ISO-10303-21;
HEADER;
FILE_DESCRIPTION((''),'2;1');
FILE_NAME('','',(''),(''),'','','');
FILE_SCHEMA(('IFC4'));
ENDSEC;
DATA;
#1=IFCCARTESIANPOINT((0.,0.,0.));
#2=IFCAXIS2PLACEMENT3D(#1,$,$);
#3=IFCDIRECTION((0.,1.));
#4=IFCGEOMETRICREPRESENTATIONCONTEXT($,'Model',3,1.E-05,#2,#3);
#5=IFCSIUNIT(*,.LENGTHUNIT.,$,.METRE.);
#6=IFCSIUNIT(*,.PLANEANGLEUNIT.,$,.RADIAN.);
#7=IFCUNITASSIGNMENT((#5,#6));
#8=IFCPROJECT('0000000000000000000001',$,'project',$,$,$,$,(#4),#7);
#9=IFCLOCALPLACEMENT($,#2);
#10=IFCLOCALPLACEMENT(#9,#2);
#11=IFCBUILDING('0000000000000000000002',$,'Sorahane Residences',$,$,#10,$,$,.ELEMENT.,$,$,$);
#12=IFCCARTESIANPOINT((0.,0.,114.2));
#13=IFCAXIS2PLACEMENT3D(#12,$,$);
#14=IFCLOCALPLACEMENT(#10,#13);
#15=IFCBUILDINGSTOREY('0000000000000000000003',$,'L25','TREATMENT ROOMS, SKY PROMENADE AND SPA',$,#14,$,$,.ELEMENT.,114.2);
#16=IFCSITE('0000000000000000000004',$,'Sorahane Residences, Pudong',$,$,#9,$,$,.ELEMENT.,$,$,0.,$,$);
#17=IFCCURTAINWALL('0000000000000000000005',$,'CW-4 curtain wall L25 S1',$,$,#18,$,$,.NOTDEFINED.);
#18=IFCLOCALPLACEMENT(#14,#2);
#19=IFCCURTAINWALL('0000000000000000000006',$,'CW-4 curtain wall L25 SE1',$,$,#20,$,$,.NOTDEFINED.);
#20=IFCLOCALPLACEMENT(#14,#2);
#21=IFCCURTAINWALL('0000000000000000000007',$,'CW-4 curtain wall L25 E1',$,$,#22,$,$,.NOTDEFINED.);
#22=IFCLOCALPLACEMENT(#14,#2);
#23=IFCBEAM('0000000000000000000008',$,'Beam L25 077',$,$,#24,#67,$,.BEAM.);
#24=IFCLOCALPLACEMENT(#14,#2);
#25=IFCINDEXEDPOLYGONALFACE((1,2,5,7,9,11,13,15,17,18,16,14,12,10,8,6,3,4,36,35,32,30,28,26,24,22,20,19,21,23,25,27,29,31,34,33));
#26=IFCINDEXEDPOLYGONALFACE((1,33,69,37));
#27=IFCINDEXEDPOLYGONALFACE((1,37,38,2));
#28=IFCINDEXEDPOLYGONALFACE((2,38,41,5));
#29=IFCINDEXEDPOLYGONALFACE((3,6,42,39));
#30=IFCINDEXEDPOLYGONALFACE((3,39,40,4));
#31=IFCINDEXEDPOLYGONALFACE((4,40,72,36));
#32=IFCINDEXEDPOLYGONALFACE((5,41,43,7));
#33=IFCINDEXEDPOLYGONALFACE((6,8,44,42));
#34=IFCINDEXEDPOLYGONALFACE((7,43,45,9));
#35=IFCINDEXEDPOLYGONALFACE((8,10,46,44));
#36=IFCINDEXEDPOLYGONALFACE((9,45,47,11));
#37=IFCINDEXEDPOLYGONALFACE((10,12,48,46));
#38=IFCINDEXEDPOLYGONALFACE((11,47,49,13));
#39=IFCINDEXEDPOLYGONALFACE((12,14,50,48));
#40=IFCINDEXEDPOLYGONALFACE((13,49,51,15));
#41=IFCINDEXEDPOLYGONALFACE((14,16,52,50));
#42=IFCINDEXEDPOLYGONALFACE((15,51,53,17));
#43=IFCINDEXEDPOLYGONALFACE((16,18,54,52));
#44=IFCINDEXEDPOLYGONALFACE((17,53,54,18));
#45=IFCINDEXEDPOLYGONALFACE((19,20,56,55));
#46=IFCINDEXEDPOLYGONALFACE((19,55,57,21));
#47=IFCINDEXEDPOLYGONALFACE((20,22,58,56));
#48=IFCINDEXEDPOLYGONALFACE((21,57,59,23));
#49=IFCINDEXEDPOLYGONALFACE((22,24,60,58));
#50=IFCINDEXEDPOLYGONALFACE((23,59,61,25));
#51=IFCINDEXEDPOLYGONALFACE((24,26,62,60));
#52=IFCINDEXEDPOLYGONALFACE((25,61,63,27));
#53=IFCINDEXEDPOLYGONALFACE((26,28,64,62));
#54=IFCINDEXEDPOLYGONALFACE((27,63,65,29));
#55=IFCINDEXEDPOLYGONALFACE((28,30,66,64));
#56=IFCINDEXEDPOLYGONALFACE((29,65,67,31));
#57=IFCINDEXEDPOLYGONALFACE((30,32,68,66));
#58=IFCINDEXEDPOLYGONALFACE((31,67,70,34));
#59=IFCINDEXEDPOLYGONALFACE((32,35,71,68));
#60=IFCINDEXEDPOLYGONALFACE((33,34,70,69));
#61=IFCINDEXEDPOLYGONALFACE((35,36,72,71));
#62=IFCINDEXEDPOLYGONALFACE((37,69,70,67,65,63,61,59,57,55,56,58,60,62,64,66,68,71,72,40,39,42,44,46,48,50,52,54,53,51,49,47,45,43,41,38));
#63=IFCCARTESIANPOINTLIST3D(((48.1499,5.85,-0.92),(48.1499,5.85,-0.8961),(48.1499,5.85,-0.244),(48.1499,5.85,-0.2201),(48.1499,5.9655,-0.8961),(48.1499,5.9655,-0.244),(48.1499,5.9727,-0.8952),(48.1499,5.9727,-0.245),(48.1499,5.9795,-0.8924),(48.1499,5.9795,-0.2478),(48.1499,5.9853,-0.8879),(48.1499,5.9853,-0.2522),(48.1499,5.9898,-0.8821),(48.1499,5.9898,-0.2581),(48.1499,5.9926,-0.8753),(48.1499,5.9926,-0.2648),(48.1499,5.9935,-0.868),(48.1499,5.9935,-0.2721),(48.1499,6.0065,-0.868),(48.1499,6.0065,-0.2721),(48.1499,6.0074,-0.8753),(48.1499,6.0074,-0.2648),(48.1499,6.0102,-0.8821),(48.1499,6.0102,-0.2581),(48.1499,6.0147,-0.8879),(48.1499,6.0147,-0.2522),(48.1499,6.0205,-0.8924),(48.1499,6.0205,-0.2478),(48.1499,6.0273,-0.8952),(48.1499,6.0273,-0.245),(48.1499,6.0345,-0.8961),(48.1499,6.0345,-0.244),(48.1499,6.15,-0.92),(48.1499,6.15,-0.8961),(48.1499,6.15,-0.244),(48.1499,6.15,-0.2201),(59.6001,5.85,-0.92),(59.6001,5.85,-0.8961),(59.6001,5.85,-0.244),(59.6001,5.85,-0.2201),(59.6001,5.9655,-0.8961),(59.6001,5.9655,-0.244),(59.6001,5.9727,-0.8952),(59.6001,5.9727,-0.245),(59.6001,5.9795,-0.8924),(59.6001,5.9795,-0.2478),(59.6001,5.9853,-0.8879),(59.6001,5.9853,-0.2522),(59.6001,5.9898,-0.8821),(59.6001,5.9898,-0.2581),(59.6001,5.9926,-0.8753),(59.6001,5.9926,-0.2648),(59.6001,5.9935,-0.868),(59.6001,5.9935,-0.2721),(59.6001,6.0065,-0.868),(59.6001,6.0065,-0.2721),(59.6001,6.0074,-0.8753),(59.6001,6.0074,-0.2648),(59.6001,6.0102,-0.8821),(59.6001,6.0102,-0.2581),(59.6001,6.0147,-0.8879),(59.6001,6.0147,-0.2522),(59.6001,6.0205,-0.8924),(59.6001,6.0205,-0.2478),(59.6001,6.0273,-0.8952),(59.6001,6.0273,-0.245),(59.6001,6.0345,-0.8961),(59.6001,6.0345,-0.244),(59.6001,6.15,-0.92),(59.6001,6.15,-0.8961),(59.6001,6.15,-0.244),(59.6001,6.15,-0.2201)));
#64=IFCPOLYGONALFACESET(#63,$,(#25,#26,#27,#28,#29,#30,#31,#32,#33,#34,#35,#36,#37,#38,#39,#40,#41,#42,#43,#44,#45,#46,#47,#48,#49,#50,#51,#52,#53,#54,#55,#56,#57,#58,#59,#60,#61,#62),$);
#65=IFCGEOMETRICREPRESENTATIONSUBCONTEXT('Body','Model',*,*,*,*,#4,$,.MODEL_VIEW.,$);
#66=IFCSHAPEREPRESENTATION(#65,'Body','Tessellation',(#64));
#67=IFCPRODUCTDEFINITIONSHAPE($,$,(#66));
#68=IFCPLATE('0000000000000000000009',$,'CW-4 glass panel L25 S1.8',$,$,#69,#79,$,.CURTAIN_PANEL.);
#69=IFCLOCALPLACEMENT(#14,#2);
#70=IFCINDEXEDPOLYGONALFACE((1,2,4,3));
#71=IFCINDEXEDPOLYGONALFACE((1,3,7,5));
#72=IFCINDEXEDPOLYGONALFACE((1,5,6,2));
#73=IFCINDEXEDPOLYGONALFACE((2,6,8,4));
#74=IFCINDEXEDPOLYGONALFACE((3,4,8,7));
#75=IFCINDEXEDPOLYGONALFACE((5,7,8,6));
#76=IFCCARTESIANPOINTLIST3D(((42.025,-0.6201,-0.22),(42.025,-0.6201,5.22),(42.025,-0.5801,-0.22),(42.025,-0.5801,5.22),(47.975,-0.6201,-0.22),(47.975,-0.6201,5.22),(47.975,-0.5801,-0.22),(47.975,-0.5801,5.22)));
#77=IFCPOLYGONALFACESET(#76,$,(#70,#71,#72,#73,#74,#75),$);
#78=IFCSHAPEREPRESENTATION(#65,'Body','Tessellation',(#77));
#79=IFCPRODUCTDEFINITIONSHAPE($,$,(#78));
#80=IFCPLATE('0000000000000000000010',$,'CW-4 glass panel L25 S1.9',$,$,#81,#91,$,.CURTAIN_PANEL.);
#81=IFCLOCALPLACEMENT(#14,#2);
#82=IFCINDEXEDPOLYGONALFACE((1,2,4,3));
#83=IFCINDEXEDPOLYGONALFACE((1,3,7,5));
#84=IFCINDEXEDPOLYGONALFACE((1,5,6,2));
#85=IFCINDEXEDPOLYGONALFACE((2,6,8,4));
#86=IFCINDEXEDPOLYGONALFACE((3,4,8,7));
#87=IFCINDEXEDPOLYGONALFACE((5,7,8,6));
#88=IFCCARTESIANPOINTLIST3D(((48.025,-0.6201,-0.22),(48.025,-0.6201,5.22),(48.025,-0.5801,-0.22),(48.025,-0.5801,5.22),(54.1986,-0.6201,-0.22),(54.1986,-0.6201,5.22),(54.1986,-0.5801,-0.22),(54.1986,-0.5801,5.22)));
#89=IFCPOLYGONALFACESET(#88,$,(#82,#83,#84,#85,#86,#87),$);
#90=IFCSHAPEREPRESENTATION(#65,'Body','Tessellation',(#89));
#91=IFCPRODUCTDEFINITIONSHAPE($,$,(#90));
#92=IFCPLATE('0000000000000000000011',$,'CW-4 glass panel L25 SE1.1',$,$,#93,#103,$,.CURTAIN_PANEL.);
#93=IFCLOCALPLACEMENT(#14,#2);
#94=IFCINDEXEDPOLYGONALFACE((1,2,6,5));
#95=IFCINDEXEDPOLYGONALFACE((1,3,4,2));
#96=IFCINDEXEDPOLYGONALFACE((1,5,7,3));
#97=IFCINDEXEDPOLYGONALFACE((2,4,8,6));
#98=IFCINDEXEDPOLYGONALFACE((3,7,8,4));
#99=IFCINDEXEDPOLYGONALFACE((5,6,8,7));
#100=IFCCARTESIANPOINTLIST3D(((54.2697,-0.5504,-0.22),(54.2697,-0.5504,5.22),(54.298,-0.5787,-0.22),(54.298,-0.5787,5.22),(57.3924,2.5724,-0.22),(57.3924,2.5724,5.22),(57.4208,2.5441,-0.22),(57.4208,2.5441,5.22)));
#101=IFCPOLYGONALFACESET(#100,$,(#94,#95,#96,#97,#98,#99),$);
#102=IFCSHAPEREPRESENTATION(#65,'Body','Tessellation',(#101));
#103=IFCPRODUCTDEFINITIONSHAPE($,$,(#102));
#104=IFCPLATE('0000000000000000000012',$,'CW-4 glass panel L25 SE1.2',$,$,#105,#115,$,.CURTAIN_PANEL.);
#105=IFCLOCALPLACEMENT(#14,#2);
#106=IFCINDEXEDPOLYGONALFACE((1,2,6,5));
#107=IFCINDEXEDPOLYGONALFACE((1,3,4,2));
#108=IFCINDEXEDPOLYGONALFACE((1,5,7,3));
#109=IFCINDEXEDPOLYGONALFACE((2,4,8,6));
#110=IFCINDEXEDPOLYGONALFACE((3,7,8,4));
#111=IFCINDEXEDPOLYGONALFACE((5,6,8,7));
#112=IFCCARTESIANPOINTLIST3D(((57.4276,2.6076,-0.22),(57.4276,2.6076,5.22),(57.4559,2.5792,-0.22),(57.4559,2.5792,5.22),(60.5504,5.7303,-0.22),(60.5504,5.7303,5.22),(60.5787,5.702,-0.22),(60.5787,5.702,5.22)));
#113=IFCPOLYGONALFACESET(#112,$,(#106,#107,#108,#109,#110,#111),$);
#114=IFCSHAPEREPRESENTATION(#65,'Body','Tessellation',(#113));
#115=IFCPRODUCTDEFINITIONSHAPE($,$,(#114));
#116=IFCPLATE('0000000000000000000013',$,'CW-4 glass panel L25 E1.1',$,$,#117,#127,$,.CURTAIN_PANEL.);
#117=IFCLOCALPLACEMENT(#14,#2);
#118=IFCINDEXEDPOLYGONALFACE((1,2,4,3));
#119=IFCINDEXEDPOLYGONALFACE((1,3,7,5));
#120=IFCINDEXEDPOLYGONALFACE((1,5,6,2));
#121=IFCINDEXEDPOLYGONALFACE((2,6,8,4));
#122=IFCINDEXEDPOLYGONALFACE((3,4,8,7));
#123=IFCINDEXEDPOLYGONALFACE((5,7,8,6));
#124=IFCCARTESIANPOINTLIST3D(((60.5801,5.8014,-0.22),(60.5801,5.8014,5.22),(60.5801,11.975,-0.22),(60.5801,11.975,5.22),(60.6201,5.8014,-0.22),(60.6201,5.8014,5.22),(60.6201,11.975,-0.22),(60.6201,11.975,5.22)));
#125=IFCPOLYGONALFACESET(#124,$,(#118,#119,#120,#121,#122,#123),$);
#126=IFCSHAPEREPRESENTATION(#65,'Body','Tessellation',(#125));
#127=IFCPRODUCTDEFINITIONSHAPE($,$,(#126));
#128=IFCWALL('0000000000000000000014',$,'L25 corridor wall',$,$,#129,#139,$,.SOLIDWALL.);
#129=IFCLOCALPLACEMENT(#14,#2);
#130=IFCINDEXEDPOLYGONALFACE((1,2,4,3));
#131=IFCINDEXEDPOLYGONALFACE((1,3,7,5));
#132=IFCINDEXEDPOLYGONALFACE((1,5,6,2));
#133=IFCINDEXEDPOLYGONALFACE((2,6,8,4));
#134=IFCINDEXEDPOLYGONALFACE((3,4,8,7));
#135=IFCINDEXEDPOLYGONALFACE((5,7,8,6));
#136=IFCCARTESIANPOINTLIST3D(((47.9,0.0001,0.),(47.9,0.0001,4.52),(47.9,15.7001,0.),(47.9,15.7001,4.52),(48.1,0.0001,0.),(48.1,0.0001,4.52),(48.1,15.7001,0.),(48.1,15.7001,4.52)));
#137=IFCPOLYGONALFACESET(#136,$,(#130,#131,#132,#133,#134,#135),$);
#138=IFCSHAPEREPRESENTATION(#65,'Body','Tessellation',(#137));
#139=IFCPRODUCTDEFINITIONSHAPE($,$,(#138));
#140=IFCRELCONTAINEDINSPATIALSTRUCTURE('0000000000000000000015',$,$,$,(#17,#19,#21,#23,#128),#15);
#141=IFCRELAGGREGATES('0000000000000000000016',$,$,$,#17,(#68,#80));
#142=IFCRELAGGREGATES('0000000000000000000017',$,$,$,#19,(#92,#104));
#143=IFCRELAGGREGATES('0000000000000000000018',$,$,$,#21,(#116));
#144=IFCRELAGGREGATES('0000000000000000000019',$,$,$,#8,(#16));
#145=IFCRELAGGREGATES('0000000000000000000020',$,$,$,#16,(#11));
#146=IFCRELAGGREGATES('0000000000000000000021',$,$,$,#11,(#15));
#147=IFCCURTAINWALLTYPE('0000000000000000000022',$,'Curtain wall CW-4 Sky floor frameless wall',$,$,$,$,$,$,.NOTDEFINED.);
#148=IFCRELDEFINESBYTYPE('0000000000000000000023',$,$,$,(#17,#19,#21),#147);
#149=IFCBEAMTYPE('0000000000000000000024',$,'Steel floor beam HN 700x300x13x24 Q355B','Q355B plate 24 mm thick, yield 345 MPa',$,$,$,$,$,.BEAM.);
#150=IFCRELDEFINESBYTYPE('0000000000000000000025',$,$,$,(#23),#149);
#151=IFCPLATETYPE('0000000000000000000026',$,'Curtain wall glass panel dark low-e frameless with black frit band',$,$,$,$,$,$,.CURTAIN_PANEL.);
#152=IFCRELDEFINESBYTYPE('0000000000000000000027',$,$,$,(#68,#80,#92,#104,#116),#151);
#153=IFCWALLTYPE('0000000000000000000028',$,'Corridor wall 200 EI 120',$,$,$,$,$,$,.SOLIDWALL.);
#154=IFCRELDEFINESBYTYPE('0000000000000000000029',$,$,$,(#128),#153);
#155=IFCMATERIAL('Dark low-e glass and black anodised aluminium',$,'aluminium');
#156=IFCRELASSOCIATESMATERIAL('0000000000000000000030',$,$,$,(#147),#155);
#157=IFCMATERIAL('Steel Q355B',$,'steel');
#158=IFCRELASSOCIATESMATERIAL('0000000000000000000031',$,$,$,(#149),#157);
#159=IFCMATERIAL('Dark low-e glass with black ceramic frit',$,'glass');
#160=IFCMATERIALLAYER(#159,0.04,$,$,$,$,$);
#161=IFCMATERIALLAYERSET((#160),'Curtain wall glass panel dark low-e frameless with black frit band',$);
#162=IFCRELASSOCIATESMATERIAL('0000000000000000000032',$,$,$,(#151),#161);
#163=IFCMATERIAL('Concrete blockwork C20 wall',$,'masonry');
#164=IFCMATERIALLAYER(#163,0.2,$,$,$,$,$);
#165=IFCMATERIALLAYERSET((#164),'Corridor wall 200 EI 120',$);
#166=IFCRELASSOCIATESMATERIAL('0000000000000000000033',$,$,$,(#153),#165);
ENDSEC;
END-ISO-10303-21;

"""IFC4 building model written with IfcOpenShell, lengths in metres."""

from ifc_helpers import new_model, si_unit, direction, frame, frame_2d, origin, origin_2d, place, context, subcontext, project, spatial, rectangle, i_section, extrude, material, layer, layer_set, material_profile, profile_set, type_object, element, aggregate, save


model = new_model("IFC4")

# Units and contexts
model_context = context("Model", 3, precision=1e-05, world=origin(), true_north=direction((0.0, 1.0)))
body_context = subcontext(model_context, "Body", "Model", "MODEL_VIEW")
ifc_project = project(units=[si_unit("LENGTHUNIT", "METRE"), si_unit("PLANEANGLEUNIT", "RADIAN")], contexts=[model_context])

# Site, building, storey
site_placement = place(None, origin())
site = spatial("IfcSite", under=ifc_project, at=site_placement, Name="Sorahane Residences, Pudong", CompositionType="ELEMENT", RefElevation=0.0)
building_placement = place(site_placement, origin())
building = spatial("IfcBuilding", under=site, at=building_placement, Name="Sorahane Residences", CompositionType="ELEMENT")
storey_placement = place(building_placement, frame((0.0, 0.0, 114.2)))
storey = spatial("IfcBuildingStorey", under=building, at=storey_placement, Name="L25", Description="TREATMENT ROOMS, SKY PROMENADE AND SPA", CompositionType="ELEMENT", Elevation=114.2)

# Curtain walls
ifc_material_1 = material(Name="Dark low-e glass and black anodised aluminium", Category="aluminium")
curtain_wall_type = type_object("IfcCurtainWallType", Name="Curtain wall CW-4 Sky floor frameless wall", PredefinedType="NOTDEFINED", material=ifc_material_1)
curtain_wall_1_placement = place(storey_placement, origin())
curtain_wall_1 = element("IfcCurtainWall", 1, at=curtain_wall_1_placement, inside=storey, type_object=curtain_wall_type, Name="CW-4 curtain wall L25 S1", PredefinedType="NOTDEFINED")
curtain_wall_2_placement = place(storey_placement, origin())
curtain_wall_2 = element("IfcCurtainWall", 2, at=curtain_wall_2_placement, inside=storey, type_object=curtain_wall_type, Name="CW-4 curtain wall L25 SE1", PredefinedType="NOTDEFINED")

# Curtain wall
curtain_wall_3_placement = place(storey_placement, origin())
curtain_wall_3 = element("IfcCurtainWall", 3, at=curtain_wall_3_placement, inside=storey, type_object=curtain_wall_type, Name="CW-4 curtain wall L25 E1", PredefinedType="NOTDEFINED")

# Beam
ifc_material_2 = material(Name="Steel Q355B", Category="steel")
ifc_material_profile_1 = material_profile(ifc_material_2, i_section(OverallWidth=0.3, OverallDepth=0.7, WebThickness=0.0129, FlangeThickness=0.0239, FilletRadius=0.0281, at=origin_2d()), Name="HN 700x300x13x24")
ifc_profile_set_1 = profile_set([ifc_material_profile_1], Name="Steel Q355B")
beam_type_1 = type_object("IfcBeamType", Name="Steel floor beam HN 700x300x13x24 Q355B", Description="Q355B plate 24 mm thick, yield 345 MPa", PredefinedType="BEAM", material=ifc_profile_set_1)
beam_1_placement = place(storey_placement, frame((48.1499, 6.0, -0.5701), z_axis=(1.0, 0.0, 0.0), x_axis=(0.0, 1.0, 0.0)))
element("IfcBeam", 4, at=beam_1_placement, inside=storey, type_object=beam_type_1, Name="Beam L25 077", PredefinedType="BEAM", context=body_context, shape_type="SweptSolid", body=[
    extrude(i_section(OverallWidth=0.3, OverallDepth=0.7, WebThickness=0.0129, FlangeThickness=0.0239, FilletRadius=0.0281, at=origin_2d()), origin(), (0.0, 0.0, 1.0), 11.4502),
])

# Plates
ifc_material_3 = material(Name="Dark low-e glass with black ceramic frit", Category="glass")
ifc_layer_1 = layer(ifc_material_3, 0.04)
ifc_layer_set_1 = layer_set([ifc_layer_1], Name="Curtain wall glass panel dark low-e frameless with black frit band")
plate_type = type_object("IfcPlateType", Name="Curtain wall glass panel dark low-e frameless with black frit band", PredefinedType="CURTAIN_PANEL", material=ifc_layer_set_1)
plate_1_placement = place(storey_placement, frame((45.0, -0.6001, -0.22), z_axis=(0.0, 0.0, 1.0), x_axis=(1.0, 0.0, 0.0)))
plate_1 = element("IfcPlate", 5, at=plate_1_placement, type_object=plate_type, Name="CW-4 glass panel L25 S1.8", PredefinedType="CURTAIN_PANEL", context=body_context, shape_type="SweptSolid", body=[
    extrude(rectangle(XDim=5.95, YDim=0.04, at=origin_2d()), origin(), (0.0, 0.0, 1.0), 5.4399),
])
plate_2_placement = place(storey_placement, frame((51.1118, -0.6001, -0.22), z_axis=(0.0, 0.0, 1.0), x_axis=(1.0, 0.0, 0.0)))
plate_2 = element("IfcPlate", 6, at=plate_2_placement, type_object=plate_type, Name="CW-4 glass panel L25 S1.9", PredefinedType="CURTAIN_PANEL", context=body_context, shape_type="SweptSolid", body=[
    extrude(rectangle(XDim=6.1736, YDim=0.04, at=origin_2d()), origin(), (0.0, 0.0, 1.0), 5.4399),
])
aggregate(curtain_wall_1, [plate_1, plate_2])
plate_3_placement = place(storey_placement, frame((55.8452, 0.9968, -0.22), z_axis=(0.0, 0.0, 1.0), x_axis=(0.707107, 0.707107, 0.0)))
plate_3 = element("IfcPlate", 7, at=plate_3_placement, type_object=plate_type, Name="CW-4 glass panel L25 SE1.1", PredefinedType="CURTAIN_PANEL", context=body_context, shape_type="SweptSolid", body=[
    extrude(rectangle(XDim=4.4163, YDim=0.04, at=origin_2d()), origin(), (0.0, 0.0, 1.0), 5.4399),
])
plate_4_placement = place(storey_placement, frame((59.0032, 4.1548, -0.22), z_axis=(0.0, 0.0, 1.0), x_axis=(0.707107, 0.707107, 0.0)))
plate_4 = element("IfcPlate", 8, at=plate_4_placement, type_object=plate_type, Name="CW-4 glass panel L25 SE1.2", PredefinedType="CURTAIN_PANEL", context=body_context, shape_type="SweptSolid", body=[
    extrude(rectangle(XDim=4.4163, YDim=0.04, at=origin_2d()), origin(), (0.0, 0.0, 1.0), 5.4399),
])
aggregate(curtain_wall_2, [plate_3, plate_4])
plate_5_placement = place(storey_placement, frame((60.6001, 8.8882, -0.22), z_axis=(0.0, 0.0, 1.0), x_axis=(0.0, 1.0, 0.0)))
plate_5 = element("IfcPlate", 9, at=plate_5_placement, type_object=plate_type, Name="CW-4 glass panel L25 E1.1", PredefinedType="CURTAIN_PANEL", context=body_context, shape_type="SweptSolid", body=[
    extrude(rectangle(XDim=6.1736, YDim=0.04, at=origin_2d()), origin(), (0.0, 0.0, 1.0), 5.4399),
])
aggregate(curtain_wall_3, [plate_5])

# Wall
ifc_material_4 = material(Name="Concrete blockwork C20 wall", Category="masonry")
ifc_layer_2 = layer(ifc_material_4, 0.2)
ifc_layer_set_2 = layer_set([ifc_layer_2], Name="Corridor wall 200 EI 120")
wall_type = type_object("IfcWallType", Name="Corridor wall 200 EI 120", PredefinedType="SOLIDWALL", material=ifc_layer_set_2)
wall_placement = place(storey_placement, frame((48.0, 0.0, 0.0), z_axis=(0.0, 0.0, 1.0), x_axis=(0.0, 1.0, 0.0)))
element("IfcWall", 10, at=wall_placement, inside=storey, type_object=wall_type, Name="L25 corridor wall", PredefinedType="SOLIDWALL", context=body_context, shape_type="SweptSolid", body=[
    extrude(rectangle(XDim=15.7, YDim=0.2, at=frame_2d((7.8501, 0.0))), origin(), (0.0, 0.0, 1.0), 4.52),
])

save(model, "model.ifc")
